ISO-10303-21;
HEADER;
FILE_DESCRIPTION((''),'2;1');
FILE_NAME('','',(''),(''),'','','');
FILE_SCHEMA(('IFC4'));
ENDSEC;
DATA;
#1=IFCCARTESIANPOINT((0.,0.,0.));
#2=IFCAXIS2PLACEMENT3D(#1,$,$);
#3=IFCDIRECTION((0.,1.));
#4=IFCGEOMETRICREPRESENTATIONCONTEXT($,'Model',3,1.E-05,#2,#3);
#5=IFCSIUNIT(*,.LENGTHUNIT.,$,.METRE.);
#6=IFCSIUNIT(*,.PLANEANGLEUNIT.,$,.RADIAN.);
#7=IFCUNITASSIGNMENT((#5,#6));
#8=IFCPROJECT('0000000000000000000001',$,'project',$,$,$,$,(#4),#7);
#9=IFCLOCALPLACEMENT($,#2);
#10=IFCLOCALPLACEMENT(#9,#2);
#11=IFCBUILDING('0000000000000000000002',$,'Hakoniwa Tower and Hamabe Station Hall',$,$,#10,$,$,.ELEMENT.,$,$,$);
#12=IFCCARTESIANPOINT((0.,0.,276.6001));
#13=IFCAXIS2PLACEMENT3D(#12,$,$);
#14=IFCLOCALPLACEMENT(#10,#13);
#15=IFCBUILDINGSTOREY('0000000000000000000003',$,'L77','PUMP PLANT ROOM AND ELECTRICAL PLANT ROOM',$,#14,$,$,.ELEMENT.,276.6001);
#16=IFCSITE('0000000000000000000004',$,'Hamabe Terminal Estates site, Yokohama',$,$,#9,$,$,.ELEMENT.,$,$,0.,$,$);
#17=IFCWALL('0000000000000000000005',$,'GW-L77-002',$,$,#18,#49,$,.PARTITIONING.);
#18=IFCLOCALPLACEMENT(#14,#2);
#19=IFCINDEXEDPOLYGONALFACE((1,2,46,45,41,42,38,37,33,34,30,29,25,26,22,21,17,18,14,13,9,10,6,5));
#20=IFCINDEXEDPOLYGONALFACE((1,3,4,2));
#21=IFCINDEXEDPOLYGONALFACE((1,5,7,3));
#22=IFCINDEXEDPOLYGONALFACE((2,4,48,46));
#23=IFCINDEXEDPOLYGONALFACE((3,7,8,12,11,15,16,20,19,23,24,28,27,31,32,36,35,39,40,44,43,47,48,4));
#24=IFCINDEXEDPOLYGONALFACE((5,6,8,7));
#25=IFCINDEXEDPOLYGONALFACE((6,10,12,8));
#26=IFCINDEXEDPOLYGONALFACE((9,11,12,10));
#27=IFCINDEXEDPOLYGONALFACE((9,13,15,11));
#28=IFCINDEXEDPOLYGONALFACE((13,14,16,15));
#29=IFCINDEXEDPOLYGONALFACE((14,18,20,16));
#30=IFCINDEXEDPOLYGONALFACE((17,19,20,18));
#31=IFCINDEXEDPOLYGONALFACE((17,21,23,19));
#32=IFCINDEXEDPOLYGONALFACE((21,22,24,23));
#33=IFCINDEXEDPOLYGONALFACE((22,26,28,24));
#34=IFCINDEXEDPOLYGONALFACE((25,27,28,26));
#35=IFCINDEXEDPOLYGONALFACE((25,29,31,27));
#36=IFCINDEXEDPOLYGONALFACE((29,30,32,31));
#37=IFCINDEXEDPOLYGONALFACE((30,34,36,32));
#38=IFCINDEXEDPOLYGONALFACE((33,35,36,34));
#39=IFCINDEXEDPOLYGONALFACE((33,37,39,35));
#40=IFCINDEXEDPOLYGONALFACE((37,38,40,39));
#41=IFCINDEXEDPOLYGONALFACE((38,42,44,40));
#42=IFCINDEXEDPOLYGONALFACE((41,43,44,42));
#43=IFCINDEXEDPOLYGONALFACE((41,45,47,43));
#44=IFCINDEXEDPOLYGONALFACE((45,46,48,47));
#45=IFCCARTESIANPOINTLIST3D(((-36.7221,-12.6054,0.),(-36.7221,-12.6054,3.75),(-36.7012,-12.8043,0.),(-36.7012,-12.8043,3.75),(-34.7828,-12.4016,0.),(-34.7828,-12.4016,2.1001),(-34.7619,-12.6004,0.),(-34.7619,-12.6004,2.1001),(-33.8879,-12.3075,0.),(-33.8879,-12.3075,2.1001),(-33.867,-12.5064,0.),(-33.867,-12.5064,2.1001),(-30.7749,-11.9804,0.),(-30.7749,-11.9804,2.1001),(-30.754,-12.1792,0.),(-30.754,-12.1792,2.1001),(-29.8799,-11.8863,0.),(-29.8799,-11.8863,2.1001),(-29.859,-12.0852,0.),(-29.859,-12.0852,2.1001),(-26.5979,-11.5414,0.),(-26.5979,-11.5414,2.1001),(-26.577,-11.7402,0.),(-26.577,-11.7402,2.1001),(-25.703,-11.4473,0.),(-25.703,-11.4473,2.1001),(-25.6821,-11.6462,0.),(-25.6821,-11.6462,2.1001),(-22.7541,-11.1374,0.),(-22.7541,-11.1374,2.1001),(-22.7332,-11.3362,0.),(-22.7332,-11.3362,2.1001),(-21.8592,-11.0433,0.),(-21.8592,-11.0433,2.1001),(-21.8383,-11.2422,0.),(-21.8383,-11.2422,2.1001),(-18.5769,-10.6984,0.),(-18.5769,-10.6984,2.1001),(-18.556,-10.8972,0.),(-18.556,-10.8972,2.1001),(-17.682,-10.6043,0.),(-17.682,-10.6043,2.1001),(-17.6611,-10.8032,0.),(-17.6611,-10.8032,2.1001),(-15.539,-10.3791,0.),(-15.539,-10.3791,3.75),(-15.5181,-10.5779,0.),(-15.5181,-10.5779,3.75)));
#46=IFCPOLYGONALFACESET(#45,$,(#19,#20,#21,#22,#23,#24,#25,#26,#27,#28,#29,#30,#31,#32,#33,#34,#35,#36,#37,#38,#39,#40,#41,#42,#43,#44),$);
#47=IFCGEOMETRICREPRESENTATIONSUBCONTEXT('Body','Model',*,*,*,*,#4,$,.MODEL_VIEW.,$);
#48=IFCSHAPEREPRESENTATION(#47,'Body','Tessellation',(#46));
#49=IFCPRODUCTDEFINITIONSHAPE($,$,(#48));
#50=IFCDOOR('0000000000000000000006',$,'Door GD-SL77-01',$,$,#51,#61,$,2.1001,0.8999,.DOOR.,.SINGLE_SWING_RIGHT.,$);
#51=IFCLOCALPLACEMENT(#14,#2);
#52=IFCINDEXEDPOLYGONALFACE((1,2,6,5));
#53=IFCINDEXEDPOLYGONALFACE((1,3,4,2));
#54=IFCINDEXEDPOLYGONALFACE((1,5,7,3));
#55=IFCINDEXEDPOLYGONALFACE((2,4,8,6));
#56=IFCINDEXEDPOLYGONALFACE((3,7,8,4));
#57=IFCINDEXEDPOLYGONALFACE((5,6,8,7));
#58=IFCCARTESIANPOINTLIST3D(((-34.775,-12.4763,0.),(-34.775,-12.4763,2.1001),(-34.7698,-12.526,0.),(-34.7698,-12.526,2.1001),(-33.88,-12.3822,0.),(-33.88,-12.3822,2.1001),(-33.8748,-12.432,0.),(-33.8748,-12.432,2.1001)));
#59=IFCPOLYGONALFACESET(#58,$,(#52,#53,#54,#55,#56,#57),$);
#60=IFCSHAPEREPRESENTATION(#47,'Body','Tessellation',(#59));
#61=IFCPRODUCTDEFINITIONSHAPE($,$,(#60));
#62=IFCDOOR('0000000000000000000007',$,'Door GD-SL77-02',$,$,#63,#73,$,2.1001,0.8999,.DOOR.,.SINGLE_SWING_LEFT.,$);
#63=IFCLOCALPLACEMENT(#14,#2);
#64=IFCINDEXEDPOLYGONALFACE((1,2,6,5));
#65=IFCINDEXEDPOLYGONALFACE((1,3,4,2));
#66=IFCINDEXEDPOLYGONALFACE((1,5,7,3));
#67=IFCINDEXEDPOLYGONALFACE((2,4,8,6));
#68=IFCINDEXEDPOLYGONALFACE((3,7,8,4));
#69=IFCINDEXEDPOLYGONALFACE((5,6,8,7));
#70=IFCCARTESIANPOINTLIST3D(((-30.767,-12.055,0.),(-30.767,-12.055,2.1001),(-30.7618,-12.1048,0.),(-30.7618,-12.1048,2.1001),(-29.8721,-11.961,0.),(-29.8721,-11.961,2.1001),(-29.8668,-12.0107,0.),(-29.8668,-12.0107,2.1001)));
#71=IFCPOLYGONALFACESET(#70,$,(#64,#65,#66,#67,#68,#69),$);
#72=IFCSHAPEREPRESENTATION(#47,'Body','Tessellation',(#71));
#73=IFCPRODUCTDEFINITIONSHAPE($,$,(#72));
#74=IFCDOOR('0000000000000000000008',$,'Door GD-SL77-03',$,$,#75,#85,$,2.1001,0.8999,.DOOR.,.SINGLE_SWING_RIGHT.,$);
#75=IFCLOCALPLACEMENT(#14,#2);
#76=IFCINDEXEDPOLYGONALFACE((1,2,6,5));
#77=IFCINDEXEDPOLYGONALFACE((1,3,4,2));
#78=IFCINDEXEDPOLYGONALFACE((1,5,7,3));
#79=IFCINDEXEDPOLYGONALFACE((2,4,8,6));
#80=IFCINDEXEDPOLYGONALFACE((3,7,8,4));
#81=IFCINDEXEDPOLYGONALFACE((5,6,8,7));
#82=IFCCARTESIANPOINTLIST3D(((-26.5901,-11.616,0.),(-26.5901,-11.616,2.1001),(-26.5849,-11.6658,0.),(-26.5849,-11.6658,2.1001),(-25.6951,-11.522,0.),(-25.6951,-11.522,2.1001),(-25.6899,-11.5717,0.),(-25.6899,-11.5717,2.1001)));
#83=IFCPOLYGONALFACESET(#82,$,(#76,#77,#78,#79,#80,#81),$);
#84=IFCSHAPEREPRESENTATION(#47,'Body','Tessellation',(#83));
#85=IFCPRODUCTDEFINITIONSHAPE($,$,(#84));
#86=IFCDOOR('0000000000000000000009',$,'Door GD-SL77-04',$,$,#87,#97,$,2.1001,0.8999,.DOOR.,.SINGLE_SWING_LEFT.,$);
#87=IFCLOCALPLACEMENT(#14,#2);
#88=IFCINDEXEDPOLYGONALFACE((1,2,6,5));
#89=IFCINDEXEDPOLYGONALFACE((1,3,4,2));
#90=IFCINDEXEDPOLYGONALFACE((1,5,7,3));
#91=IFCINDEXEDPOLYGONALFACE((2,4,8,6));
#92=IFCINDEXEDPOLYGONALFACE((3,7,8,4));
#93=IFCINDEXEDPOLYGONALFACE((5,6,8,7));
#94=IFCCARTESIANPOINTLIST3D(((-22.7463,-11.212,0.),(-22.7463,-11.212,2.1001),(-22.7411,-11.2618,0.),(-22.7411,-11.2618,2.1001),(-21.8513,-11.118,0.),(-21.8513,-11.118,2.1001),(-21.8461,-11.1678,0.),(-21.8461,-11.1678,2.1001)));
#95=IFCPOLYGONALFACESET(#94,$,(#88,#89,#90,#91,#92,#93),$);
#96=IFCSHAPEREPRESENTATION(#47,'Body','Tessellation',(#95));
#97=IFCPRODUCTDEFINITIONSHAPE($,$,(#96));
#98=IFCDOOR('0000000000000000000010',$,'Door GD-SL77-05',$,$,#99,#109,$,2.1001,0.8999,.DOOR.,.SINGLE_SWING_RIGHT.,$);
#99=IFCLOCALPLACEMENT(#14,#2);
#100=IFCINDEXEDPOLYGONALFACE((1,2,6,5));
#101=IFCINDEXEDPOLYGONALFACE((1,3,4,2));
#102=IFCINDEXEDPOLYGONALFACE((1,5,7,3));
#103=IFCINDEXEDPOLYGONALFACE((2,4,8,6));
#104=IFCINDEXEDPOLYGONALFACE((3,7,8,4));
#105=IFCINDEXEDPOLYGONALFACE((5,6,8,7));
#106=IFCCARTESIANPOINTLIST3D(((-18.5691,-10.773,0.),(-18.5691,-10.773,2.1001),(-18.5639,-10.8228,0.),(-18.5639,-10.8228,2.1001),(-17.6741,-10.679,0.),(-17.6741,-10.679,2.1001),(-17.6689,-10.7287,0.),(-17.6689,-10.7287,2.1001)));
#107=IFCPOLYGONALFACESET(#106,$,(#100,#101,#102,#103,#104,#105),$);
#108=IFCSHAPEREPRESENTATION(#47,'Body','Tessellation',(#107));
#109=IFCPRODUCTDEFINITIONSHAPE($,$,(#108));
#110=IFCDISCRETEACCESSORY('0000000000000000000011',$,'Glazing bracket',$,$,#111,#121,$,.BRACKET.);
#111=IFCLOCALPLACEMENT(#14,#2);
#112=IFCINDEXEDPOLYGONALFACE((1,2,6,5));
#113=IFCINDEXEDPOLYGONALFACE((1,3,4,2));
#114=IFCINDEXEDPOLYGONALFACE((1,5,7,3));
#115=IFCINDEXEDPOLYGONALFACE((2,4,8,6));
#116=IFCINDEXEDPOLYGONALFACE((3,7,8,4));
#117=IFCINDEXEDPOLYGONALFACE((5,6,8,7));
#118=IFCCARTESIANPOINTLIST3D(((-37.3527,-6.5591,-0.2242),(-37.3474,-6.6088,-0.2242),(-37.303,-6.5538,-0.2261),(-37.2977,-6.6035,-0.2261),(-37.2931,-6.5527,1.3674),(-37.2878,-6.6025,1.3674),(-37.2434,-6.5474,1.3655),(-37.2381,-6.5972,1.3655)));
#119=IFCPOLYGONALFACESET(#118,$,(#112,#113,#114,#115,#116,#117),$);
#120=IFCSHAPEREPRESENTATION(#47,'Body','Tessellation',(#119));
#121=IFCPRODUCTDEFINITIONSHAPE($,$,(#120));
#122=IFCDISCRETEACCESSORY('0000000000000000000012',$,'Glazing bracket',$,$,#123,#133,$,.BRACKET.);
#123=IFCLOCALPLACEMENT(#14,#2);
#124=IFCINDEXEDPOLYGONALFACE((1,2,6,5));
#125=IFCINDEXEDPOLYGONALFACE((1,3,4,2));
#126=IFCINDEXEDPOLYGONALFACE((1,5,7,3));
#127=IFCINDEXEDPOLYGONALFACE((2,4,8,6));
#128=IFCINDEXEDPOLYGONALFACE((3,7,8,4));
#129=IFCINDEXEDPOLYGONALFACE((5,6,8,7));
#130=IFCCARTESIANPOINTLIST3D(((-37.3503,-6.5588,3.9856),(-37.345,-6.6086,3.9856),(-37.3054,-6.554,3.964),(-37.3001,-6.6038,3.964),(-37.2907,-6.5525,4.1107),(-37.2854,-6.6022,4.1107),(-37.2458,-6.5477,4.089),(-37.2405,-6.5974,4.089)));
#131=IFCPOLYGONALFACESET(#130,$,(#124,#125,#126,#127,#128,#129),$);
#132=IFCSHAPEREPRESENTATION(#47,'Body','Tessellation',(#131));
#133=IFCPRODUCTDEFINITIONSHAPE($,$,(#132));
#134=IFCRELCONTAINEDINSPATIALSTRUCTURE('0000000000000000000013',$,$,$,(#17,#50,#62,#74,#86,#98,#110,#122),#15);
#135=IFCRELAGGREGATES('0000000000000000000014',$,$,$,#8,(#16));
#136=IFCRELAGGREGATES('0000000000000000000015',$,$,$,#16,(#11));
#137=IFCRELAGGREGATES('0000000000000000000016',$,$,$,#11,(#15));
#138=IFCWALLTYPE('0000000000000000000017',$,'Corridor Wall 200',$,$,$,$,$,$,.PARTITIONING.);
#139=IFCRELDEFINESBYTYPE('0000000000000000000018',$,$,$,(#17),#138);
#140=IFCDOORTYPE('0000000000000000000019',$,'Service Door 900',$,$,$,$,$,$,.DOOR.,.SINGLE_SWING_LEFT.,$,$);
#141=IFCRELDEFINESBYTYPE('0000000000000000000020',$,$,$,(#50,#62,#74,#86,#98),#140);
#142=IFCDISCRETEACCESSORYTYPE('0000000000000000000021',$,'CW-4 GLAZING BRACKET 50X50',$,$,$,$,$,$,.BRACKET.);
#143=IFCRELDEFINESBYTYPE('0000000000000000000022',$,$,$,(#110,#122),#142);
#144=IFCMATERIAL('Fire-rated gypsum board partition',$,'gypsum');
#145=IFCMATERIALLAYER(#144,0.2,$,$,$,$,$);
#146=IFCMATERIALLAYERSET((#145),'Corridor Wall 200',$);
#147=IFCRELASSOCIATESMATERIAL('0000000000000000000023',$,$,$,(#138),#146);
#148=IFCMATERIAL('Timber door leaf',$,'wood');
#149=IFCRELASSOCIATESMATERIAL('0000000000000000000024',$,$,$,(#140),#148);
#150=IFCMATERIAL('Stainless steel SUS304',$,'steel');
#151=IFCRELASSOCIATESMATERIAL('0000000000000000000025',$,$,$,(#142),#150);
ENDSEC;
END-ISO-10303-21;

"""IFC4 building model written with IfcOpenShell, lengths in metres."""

from ifc_helpers import new_model, si_unit, direction, frame, frame_2d, origin, origin_2d, place, context, subcontext, project, spatial, rectangle, extrude, material, layer, layer_set, material_profile, profile_set, type_object, element, fill, save


model = new_model("IFC4")

# Units and contexts
model_context = context("Model", 3, precision=1e-05, world=origin(), true_north=direction((0.0, 1.0)))
body_context = subcontext(model_context, "Body", "Model", "MODEL_VIEW")
ifc_project = project(units=[si_unit("LENGTHUNIT", "METRE"), si_unit("PLANEANGLEUNIT", "RADIAN")], contexts=[model_context])

# Site, building, storey
site_placement = place(None, origin())
site = spatial("IfcSite", under=ifc_project, at=site_placement, Name="Hamabe Terminal Estates site, Yokohama", CompositionType="ELEMENT", RefElevation=0.0)
building_placement = place(site_placement, origin())
building = spatial("IfcBuilding", under=site, at=building_placement, Name="Hakoniwa Tower and Hamabe Station Hall", CompositionType="ELEMENT")
storey_placement = place(building_placement, frame((0.0, 0.0, 276.6001)))
storey = spatial("IfcBuildingStorey", under=building, at=storey_placement, Name="L77", Description="PUMP PLANT ROOM AND ELECTRICAL PLANT ROOM", CompositionType="ELEMENT", Elevation=276.6001)

# Wall, openings, doors
ifc_material_1 = material(Name="Fire-rated gypsum board partition", Category="gypsum")
ifc_layer_1 = layer(ifc_material_1, 0.2)
ifc_layer_set_1 = layer_set([ifc_layer_1], Name="Corridor Wall 200")
wall_type_1 = type_object("IfcWallType", Name="Corridor Wall 200", PredefinedType="PARTITIONING", material=ifc_layer_set_1)
wall_1_placement = place(storey_placement, frame((-36.7117, -12.7048, 0.0), z_axis=(0.0, 0.0, 1.0), x_axis=(0.994522, 0.104523, 0.0)))
wall_1 = element("IfcWall", 1, at=wall_1_placement, inside=storey, type_object=wall_type_1, Name="GW-L77-002", PredefinedType="PARTITIONING", context=body_context, shape_type="SweptSolid", body=[
    extrude(rectangle(XDim=21.2998, YDim=0.2, at=frame_2d((10.6499, 0.0))), origin(), (0.0, 0.0, 1.0), 3.75),
])
opening_1_placement = place(wall_1_placement, frame((1.95, 0.0, 0.0)))
opening_1 = element("IfcOpeningElement", 2, at=opening_1_placement, cuts=wall_1, PredefinedType="OPENING", context=body_context, shape_type="SweptSolid", body=[
    extrude(rectangle(XDim=0.8999, YDim=2.1001, at=frame_2d((0.45, 1.05))), frame((0.0, 0.1099, 0.0), z_axis=(0.0, -1.0, 0.0), x_axis=(1.0, 0.0, 0.0)), (0.0, 0.0, 1.0), 0.22),
])
opening_2_placement = place(wall_1_placement, frame((5.98, 0.0, 0.0)))
opening_2 = element("IfcOpeningElement", 3, at=opening_2_placement, cuts=wall_1, PredefinedType="OPENING", context=body_context, shape_type="SweptSolid", body=[
    extrude(rectangle(XDim=0.8999, YDim=2.1001, at=frame_2d((0.45, 1.05))), frame((0.0, 0.1099, 0.0), z_axis=(0.0, -1.0, 0.0), x_axis=(1.0, 0.0, 0.0)), (0.0, 0.0, 1.0), 0.22),
])
opening_3_placement = place(wall_1_placement, frame((10.1799, 0.0, 0.0)))
opening_3 = element("IfcOpeningElement", 4, at=opening_3_placement, cuts=wall_1, PredefinedType="OPENING", context=body_context, shape_type="SweptSolid", body=[
    extrude(rectangle(XDim=0.8999, YDim=2.1001, at=frame_2d((0.45, 1.05))), frame((0.0, 0.1099, 0.0), z_axis=(0.0, -1.0, 0.0), x_axis=(1.0, 0.0, 0.0)), (0.0, 0.0, 1.0), 0.22),
])
opening_4_placement = place(wall_1_placement, frame((14.0449, 0.0, 0.0)))
opening_4 = element("IfcOpeningElement", 5, at=opening_4_placement, cuts=wall_1, PredefinedType="OPENING", context=body_context, shape_type="SweptSolid", body=[
    extrude(rectangle(XDim=0.8999, YDim=2.1001, at=frame_2d((0.45, 1.05))), frame((0.0, 0.1099, 0.0), z_axis=(0.0, -1.0, 0.0), x_axis=(1.0, 0.0, 0.0)), (0.0, 0.0, 1.0), 0.22),
])
opening_5_placement = place(wall_1_placement, frame((18.2451, 0.0, 0.0)))
opening_5 = element("IfcOpeningElement", 6, at=opening_5_placement, cuts=wall_1, PredefinedType="OPENING", context=body_context, shape_type="SweptSolid", body=[
    extrude(rectangle(XDim=0.8999, YDim=2.1001, at=frame_2d((0.45, 1.05))), frame((0.0, 0.1099, 0.0), z_axis=(0.0, -1.0, 0.0), x_axis=(1.0, 0.0, 0.0)), (0.0, 0.0, 1.0), 0.22),
])
ifc_material_2 = material(Name="Timber door leaf", Category="wood")
door_type_1 = type_object("IfcDoorType", Name="Service Door 900", OperationType="SINGLE_SWING_LEFT", PredefinedType="DOOR", material=ifc_material_2)
door_1_placement = place(opening_1_placement, origin())
door_1 = element("IfcDoor", 7, at=door_1_placement, inside=storey, type_object=door_type_1, Name="Door GD-SL77-01", OperationType="SINGLE_SWING_RIGHT", OverallHeight=2.1001, OverallWidth=0.8999, PredefinedType="DOOR", context=body_context, shape_type="SweptSolid", body=[
    extrude(rectangle(XDim=0.8999, YDim=2.1001, at=frame_2d((0.45, 1.05))), frame((0.0, 0.0249, 0.0), z_axis=(0.0, -1.0, 0.0), x_axis=(1.0, 0.0, 0.0)), (0.0, 0.0, 1.0), 0.05),
])
fill(opening_1, door_1)
door_2_placement = place(opening_2_placement, origin())
door_2 = element("IfcDoor", 8, at=door_2_placement, inside=storey, type_object=door_type_1, Name="Door GD-SL77-02", OperationType="SINGLE_SWING_LEFT", OverallHeight=2.1001, OverallWidth=0.8999, PredefinedType="DOOR", context=body_context, shape_type="SweptSolid", body=[
    extrude(rectangle(XDim=0.8999, YDim=2.1001, at=frame_2d((0.45, 1.05))), frame((0.0, 0.0249, 0.0), z_axis=(0.0, -1.0, 0.0), x_axis=(1.0, 0.0, 0.0)), (0.0, 0.0, 1.0), 0.05),
])
fill(opening_2, door_2)
door_3_placement = place(opening_3_placement, origin())
door_3 = element("IfcDoor", 9, at=door_3_placement, inside=storey, type_object=door_type_1, Name="Door GD-SL77-03", OperationType="SINGLE_SWING_RIGHT", OverallHeight=2.1001, OverallWidth=0.8999, PredefinedType="DOOR", context=body_context, shape_type="SweptSolid", body=[
    extrude(rectangle(XDim=0.8999, YDim=2.1001, at=frame_2d((0.45, 1.05))), frame((0.0, 0.0249, 0.0), z_axis=(0.0, -1.0, 0.0), x_axis=(1.0, 0.0, 0.0)), (0.0, 0.0, 1.0), 0.05),
])
fill(opening_3, door_3)
door_4_placement = place(opening_4_placement, origin())
door_4 = element("IfcDoor", 10, at=door_4_placement, inside=storey, type_object=door_type_1, Name="Door GD-SL77-04", OperationType="SINGLE_SWING_LEFT", OverallHeight=2.1001, OverallWidth=0.8999, PredefinedType="DOOR", context=body_context, shape_type="SweptSolid", body=[
    extrude(rectangle(XDim=0.8999, YDim=2.1001, at=frame_2d((0.45, 1.05))), frame((0.0, 0.0249, 0.0), z_axis=(0.0, -1.0, 0.0), x_axis=(1.0, 0.0, 0.0)), (0.0, 0.0, 1.0), 0.05),
])
fill(opening_4, door_4)
door_5_placement = place(opening_5_placement, origin())
door_5 = element("IfcDoor", 11, at=door_5_placement, inside=storey, type_object=door_type_1, Name="Door GD-SL77-05", OperationType="SINGLE_SWING_RIGHT", OverallHeight=2.1001, OverallWidth=0.8999, PredefinedType="DOOR", context=body_context, shape_type="SweptSolid", body=[
    extrude(rectangle(XDim=0.8999, YDim=2.1001, at=frame_2d((0.45, 1.05))), frame((0.0, 0.0249, 0.0), z_axis=(0.0, -1.0, 0.0), x_axis=(1.0, 0.0, 0.0)), (0.0, 0.0, 1.0), 0.05),
])
fill(opening_5, door_5)

# Discrete accessories
ifc_material_3 = material(Name="Stainless steel SUS304", Category="steel")
ifc_material_profile_1 = material_profile(ifc_material_3, rectangle(XDim=0.05, YDim=0.05, at=origin_2d()), Name="CW-4 GLAZING BRACKET 50X50")
ifc_profile_set_1 = profile_set([ifc_material_profile_1], Name="Stainless steel SUS304")
discrete_accessory_type = type_object("IfcDiscreteAccessoryType", Name="CW-4 GLAZING BRACKET 50X50", PredefinedType="BRACKET", material=ifc_profile_set_1)
discrete_accessory_1_placement = place(storey_placement, frame((-37.2656, -6.575, 1.3665), z_axis=(-0.037403, -0.003986, -0.999292), x_axis=(0.105958, -0.994371, 0.0)))
element("IfcDiscreteAccessory", 12, at=discrete_accessory_1_placement, inside=storey, type_object=discrete_accessory_type, Name="Glazing bracket", PredefinedType="BRACKET", context=body_context, shape_type="SweptSolid", body=[
    extrude(rectangle(XDim=0.05, YDim=0.05, at=origin_2d()), origin(), (0.0, 0.0, 1.0), 1.5928),
])
discrete_accessory_2_placement = place(storey_placement, frame((-37.2656, -6.575, 4.0999), z_axis=(-0.429756, -0.045794, -0.901783), x_axis=(0.105958, -0.994371, 0.0)))
element("IfcDiscreteAccessory", 13, at=discrete_accessory_2_placement, inside=storey, type_object=discrete_accessory_type, Name="Glazing bracket", PredefinedType="BRACKET", context=body_context, shape_type="SweptSolid", body=[
    extrude(rectangle(XDim=0.05, YDim=0.05, at=origin_2d()), origin(), (0.0, 0.0, 1.0), 0.1387),
])

save(model, "model.ifc")
